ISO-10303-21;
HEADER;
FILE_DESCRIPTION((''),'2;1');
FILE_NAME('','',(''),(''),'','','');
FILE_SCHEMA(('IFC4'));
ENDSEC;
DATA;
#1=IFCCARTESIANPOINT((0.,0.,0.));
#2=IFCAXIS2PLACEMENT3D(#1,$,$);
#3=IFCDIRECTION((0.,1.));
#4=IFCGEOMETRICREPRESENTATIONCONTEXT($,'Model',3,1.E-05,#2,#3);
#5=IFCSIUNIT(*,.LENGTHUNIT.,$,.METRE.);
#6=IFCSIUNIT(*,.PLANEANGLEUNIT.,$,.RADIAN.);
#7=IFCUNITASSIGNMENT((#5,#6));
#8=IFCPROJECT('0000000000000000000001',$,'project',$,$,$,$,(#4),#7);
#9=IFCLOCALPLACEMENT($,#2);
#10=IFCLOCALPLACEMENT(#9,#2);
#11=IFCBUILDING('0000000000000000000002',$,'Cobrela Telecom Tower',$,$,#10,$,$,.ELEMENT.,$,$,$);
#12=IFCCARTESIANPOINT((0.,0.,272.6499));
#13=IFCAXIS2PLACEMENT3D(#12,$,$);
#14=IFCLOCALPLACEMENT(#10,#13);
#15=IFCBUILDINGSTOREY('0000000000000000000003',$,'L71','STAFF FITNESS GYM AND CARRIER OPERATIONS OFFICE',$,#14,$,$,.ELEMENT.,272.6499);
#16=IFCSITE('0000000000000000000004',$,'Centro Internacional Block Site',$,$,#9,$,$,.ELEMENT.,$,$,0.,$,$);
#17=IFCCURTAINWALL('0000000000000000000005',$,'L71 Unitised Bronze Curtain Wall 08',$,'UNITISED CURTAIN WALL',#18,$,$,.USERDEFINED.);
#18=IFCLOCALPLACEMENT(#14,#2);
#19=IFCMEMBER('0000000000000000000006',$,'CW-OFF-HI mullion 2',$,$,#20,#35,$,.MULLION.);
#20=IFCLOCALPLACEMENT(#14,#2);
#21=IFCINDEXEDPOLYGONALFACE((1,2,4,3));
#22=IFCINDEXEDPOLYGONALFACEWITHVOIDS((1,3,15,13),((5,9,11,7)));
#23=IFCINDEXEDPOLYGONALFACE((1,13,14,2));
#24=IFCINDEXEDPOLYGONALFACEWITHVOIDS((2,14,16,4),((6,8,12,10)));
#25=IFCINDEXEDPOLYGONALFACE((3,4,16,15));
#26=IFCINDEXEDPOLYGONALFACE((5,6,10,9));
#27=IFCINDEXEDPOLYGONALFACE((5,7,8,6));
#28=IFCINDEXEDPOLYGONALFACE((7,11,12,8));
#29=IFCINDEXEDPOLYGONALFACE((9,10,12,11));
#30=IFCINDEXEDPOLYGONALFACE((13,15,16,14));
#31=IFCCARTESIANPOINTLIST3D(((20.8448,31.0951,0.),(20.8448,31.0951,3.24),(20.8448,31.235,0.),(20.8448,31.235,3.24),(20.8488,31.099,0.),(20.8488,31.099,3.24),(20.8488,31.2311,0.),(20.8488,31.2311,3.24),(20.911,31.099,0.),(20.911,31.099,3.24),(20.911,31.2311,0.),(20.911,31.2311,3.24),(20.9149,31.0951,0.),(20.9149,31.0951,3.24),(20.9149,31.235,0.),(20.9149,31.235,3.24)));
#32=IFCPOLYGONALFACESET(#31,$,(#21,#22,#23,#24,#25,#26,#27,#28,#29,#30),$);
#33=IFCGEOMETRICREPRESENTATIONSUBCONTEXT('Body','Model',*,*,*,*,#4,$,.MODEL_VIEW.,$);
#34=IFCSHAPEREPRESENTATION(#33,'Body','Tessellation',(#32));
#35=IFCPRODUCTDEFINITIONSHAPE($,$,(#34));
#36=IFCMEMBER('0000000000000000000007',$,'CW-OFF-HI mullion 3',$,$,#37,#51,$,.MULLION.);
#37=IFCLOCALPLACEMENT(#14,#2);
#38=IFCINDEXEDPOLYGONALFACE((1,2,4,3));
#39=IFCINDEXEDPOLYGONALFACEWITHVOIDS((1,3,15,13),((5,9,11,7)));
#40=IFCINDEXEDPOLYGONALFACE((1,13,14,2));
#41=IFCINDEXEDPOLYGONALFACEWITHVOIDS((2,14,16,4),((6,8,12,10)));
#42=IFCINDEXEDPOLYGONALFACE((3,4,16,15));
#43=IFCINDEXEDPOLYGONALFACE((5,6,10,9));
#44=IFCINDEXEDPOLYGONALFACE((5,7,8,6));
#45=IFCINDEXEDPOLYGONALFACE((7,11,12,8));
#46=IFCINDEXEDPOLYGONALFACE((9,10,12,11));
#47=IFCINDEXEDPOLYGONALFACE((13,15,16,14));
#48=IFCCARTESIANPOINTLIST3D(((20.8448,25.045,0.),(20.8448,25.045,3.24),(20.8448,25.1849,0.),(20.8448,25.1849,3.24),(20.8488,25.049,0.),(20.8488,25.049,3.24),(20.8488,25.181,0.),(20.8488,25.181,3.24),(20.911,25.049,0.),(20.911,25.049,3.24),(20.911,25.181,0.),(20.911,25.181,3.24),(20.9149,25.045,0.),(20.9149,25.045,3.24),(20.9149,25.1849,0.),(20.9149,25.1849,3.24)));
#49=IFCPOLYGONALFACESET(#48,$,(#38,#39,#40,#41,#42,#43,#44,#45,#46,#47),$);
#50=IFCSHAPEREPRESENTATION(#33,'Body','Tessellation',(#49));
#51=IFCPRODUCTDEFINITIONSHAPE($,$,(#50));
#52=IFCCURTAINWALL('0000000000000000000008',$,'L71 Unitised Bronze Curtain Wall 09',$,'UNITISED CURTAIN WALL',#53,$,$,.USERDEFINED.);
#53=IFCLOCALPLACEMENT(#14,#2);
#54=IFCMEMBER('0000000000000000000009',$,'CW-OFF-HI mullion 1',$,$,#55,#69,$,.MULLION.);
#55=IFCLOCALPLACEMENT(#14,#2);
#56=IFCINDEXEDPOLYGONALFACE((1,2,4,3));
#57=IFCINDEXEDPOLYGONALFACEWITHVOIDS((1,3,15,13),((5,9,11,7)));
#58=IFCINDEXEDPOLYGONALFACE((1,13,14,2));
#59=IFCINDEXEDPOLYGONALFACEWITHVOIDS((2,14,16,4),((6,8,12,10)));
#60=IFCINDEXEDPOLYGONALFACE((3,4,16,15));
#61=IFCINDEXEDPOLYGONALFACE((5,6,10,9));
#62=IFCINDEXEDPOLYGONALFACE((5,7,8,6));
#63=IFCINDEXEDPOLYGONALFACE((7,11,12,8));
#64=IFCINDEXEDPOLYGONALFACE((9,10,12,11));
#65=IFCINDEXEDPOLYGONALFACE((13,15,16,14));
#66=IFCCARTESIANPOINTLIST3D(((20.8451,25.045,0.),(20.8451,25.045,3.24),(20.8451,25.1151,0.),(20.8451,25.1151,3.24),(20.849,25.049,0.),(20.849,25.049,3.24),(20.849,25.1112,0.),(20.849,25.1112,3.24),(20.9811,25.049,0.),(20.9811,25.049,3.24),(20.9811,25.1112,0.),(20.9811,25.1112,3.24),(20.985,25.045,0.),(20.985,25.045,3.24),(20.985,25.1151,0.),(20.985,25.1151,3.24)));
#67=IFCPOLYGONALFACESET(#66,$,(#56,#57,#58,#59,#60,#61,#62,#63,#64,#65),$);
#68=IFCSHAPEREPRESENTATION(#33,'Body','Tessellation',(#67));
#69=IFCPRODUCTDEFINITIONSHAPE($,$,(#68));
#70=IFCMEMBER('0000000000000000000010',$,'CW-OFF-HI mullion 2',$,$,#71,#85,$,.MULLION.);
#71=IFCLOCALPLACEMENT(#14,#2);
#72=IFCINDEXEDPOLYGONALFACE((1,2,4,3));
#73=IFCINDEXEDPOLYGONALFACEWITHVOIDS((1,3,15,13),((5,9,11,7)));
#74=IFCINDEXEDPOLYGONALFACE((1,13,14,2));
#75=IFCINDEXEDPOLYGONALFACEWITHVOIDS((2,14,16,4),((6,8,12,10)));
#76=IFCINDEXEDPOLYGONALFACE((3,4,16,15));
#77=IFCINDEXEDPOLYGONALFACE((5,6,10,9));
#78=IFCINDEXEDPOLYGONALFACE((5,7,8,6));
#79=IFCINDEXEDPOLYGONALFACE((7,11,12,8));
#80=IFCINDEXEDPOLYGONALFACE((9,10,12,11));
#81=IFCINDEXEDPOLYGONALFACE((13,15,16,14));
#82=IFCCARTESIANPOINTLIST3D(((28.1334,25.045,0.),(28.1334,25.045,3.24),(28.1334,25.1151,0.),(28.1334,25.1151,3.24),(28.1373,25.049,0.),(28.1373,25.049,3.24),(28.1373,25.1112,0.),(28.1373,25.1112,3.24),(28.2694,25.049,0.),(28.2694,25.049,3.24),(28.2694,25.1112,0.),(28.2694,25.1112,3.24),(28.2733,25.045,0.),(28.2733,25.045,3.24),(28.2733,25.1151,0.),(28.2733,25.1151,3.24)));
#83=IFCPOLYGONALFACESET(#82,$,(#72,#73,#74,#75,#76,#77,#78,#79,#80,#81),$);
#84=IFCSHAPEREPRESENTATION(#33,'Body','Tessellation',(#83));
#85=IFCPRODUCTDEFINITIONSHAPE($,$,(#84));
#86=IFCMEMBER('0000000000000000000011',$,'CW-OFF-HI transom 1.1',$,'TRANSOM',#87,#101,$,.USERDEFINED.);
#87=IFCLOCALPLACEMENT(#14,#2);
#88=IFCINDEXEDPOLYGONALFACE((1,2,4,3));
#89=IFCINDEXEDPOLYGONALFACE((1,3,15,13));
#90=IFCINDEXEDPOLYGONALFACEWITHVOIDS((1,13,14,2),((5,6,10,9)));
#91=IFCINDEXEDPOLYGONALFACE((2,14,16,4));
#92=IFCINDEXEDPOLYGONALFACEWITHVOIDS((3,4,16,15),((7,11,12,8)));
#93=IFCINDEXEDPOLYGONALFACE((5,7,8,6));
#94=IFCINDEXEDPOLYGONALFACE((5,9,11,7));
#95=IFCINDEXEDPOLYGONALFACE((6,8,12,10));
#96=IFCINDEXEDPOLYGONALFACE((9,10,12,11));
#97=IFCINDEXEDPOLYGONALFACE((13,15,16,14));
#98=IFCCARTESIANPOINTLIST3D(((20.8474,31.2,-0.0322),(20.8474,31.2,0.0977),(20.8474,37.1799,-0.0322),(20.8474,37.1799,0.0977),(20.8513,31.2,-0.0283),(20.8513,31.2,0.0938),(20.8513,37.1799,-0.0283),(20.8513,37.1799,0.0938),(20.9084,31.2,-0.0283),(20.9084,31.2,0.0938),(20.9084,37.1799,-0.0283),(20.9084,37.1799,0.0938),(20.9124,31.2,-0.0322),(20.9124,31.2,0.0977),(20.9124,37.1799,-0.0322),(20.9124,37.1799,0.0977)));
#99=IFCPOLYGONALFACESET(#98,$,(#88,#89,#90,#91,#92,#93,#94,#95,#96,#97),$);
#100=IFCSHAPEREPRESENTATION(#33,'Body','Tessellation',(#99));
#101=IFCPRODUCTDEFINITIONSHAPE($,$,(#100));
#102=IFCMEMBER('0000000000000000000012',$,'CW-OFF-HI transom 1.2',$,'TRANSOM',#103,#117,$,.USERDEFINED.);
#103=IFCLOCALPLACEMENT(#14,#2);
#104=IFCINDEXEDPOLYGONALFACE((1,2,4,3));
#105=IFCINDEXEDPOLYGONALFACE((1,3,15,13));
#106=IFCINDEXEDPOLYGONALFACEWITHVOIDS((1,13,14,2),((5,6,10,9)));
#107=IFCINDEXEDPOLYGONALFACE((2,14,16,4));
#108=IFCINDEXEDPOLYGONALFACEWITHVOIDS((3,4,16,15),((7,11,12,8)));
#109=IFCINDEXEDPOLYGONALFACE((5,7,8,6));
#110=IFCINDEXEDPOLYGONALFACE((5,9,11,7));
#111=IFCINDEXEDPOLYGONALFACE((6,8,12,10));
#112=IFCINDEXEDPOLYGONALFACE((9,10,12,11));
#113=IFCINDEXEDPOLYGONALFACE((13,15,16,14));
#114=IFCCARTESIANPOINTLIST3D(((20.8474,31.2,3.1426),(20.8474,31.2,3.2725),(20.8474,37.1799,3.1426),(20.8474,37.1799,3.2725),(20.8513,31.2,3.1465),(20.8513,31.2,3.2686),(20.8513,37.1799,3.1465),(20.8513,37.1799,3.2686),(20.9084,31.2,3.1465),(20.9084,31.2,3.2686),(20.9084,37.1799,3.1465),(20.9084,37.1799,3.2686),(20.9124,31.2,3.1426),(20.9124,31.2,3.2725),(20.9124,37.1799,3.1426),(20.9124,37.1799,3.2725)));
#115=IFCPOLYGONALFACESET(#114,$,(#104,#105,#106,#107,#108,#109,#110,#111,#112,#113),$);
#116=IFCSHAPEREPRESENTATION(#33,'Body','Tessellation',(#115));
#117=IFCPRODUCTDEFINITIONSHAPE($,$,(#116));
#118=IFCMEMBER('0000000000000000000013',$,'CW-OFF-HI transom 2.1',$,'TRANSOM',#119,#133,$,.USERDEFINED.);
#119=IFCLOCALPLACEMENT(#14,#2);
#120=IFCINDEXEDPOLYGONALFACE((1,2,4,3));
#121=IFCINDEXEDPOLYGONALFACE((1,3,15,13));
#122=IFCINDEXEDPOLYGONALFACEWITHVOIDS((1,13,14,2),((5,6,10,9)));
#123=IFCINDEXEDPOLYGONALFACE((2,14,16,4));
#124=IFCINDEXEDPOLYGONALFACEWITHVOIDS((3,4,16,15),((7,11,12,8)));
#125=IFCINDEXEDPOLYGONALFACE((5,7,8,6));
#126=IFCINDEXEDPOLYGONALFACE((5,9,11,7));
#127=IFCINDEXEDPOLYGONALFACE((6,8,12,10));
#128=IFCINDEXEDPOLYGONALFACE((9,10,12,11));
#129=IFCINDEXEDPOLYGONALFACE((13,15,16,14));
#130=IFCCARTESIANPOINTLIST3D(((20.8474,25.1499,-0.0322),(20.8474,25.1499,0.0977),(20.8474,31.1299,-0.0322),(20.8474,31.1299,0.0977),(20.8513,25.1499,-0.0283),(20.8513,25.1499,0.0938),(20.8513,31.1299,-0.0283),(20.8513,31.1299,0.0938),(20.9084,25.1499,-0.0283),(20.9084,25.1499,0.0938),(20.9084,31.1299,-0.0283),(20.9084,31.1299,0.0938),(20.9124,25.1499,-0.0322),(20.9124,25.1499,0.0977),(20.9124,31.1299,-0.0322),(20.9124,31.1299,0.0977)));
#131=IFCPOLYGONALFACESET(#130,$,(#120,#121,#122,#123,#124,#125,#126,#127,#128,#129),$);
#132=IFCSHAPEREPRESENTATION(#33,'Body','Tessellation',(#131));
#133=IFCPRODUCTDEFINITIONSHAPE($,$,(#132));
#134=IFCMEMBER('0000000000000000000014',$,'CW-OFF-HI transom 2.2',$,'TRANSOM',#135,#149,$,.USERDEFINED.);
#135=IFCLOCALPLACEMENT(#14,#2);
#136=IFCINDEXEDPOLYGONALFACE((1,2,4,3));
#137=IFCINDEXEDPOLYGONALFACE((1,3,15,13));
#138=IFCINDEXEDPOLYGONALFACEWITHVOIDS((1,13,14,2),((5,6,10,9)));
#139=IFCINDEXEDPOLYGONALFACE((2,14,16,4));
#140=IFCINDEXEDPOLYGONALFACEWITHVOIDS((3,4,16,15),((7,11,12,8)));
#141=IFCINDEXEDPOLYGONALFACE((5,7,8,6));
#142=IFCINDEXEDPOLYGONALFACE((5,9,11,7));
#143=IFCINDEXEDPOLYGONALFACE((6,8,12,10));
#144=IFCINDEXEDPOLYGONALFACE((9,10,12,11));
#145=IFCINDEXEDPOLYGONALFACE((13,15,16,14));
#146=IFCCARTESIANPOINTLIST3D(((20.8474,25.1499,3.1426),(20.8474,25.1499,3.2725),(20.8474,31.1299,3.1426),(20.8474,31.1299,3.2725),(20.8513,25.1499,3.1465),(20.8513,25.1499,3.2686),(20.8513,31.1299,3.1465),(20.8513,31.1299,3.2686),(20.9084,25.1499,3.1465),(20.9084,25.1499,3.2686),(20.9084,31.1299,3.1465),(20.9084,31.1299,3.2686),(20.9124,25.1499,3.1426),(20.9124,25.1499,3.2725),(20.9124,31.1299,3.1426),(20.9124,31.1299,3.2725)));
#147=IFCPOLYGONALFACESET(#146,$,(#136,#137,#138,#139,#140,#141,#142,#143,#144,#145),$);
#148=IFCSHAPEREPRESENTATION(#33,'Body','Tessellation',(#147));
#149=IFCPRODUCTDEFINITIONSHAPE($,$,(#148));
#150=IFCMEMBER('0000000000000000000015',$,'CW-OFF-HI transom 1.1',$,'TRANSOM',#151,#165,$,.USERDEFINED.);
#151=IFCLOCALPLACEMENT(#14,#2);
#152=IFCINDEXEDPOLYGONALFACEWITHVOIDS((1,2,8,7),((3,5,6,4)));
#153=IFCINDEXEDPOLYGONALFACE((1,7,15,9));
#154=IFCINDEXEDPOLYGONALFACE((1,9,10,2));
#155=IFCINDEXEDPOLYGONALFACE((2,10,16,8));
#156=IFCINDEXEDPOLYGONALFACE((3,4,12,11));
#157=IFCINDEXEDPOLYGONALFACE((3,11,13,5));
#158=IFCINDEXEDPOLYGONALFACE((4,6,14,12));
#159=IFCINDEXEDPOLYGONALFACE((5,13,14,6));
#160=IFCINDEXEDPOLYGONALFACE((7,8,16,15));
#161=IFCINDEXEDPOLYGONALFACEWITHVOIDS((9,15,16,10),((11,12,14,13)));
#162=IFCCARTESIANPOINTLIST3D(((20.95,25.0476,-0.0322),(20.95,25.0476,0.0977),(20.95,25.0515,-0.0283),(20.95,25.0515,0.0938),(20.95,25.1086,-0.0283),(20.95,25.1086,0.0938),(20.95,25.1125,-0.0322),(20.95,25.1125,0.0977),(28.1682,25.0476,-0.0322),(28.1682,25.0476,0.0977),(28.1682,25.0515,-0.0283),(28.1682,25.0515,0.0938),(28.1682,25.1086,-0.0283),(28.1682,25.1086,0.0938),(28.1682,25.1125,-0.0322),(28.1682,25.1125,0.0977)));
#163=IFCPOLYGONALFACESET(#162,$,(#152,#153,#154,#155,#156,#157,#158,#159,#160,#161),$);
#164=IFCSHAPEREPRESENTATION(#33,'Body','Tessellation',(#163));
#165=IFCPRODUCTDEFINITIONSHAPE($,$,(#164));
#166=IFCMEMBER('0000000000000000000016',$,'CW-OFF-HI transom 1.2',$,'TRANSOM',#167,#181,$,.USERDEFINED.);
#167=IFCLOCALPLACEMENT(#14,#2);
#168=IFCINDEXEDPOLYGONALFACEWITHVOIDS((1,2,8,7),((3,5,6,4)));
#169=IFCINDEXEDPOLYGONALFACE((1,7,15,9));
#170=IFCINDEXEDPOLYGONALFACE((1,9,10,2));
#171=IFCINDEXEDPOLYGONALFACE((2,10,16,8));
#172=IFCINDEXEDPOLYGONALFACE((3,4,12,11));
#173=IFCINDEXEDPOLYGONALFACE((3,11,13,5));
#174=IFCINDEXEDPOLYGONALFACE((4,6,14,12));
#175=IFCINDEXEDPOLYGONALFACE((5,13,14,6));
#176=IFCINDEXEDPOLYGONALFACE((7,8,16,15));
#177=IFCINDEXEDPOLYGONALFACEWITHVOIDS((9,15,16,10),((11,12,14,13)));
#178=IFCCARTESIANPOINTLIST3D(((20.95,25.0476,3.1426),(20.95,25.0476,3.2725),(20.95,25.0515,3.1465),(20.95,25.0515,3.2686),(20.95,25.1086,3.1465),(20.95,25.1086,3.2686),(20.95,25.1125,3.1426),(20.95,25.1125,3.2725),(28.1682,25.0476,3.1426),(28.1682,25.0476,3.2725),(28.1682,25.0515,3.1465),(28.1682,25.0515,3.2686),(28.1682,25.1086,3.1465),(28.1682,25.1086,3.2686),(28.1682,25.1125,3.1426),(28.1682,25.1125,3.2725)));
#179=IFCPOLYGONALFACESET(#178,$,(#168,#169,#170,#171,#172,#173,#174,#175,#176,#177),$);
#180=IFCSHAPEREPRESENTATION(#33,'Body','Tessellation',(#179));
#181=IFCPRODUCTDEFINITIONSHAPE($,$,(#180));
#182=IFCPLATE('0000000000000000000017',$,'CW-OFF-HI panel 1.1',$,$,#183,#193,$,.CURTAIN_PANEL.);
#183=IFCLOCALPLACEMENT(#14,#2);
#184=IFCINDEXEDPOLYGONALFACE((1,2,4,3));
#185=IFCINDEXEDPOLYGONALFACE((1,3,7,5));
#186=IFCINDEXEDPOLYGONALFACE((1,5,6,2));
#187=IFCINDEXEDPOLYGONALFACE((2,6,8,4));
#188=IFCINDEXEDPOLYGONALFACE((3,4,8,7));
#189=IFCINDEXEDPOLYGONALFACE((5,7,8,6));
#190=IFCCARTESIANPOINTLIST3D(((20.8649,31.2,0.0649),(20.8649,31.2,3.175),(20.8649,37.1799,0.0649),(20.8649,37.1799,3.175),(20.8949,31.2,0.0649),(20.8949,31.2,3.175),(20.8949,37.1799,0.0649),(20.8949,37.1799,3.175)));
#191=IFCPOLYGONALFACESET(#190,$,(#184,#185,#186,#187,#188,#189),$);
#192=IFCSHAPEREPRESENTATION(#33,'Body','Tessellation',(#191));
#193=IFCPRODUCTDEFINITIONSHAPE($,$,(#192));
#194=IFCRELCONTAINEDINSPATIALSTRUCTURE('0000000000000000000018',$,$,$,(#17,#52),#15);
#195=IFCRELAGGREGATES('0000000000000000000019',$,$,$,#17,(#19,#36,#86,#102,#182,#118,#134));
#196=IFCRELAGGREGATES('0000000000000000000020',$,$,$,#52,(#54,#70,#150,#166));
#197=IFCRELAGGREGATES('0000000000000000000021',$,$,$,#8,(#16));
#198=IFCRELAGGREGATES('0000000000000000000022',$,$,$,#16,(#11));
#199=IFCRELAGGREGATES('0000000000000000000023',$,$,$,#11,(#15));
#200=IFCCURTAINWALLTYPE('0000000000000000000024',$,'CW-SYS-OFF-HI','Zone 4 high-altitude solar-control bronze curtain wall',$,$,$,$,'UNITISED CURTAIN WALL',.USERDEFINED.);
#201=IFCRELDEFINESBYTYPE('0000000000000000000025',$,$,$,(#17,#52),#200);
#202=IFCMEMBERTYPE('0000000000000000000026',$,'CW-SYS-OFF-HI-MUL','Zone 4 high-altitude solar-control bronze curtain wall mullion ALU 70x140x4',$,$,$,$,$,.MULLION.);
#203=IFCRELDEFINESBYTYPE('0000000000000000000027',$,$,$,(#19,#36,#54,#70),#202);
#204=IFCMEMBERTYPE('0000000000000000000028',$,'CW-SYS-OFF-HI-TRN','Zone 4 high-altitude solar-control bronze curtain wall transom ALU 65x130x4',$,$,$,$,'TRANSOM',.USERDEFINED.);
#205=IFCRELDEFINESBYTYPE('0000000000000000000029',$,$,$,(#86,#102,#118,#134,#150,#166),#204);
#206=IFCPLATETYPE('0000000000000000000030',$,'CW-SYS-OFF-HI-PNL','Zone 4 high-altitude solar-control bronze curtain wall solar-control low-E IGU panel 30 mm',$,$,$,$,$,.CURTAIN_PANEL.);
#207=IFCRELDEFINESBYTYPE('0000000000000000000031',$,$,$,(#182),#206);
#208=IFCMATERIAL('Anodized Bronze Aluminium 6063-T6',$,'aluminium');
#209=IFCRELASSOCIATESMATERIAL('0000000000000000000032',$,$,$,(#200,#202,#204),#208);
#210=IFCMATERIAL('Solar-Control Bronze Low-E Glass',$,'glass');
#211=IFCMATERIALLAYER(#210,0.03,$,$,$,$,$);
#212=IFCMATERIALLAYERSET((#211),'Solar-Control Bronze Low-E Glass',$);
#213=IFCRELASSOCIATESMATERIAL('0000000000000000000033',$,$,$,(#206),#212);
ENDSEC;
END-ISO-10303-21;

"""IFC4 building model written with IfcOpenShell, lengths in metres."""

from ifc_helpers import new_model, si_unit, direction, frame, origin, origin_2d, place, context, subcontext, project, spatial, rectangle, hollow_rectangle, extrude, material, layer, layer_set, material_profile, profile_set, type_object, element, aggregate, save


model = new_model("IFC4")

# Units and contexts
model_context = context("Model", 3, precision=1e-05, world=origin(), true_north=direction((0.0, 1.0)))
body_context = subcontext(model_context, "Body", "Model", "MODEL_VIEW")
ifc_project = project(units=[si_unit("LENGTHUNIT", "METRE"), si_unit("PLANEANGLEUNIT", "RADIAN")], contexts=[model_context])

# Site, building, storey
site_placement = place(None, origin())
site = spatial("IfcSite", under=ifc_project, at=site_placement, Name="Centro Internacional Block Site", CompositionType="ELEMENT", RefElevation=0.0)
building_placement = place(site_placement, origin())
building = spatial("IfcBuilding", under=site, at=building_placement, Name="Cobrela Telecom Tower", CompositionType="ELEMENT")
storey_placement = place(building_placement, frame((0.0, 0.0, 272.6499)))
storey = spatial("IfcBuildingStorey", under=building, at=storey_placement, Name="L71", Description="STAFF FITNESS GYM AND CARRIER OPERATIONS OFFICE", CompositionType="ELEMENT", Elevation=272.6499)

# Shared definitions
ifc_material_1 = material(Name="Anodized Bronze Aluminium 6063-T6", Category="aluminium")
curtain_wall_type = type_object("IfcCurtainWallType", Name="CW-SYS-OFF-HI", Description="Zone 4 high-altitude solar-control bronze curtain wall", ElementType="UNITISED CURTAIN WALL", PredefinedType="USERDEFINED", material=ifc_material_1)
ifc_material_profile_1 = material_profile(ifc_material_1, hollow_rectangle(XDim=0.0701, YDim=0.1399, WallThickness=0.0039, at=origin_2d()), Name="ALU 70x140x4")
ifc_profile_set_1 = profile_set([ifc_material_profile_1], Name="Anodized Bronze Aluminium 6063-T6")
member_type_1 = type_object("IfcMemberType", Name="CW-SYS-OFF-HI-MUL", Description="Zone 4 high-altitude solar-control bronze curtain wall mullion ALU 70x140x4", PredefinedType="MULLION", material=ifc_profile_set_1)

# Curtain walls, members
curtain_wall_1_placement = place(storey_placement, origin())
curtain_wall_1 = element("IfcCurtainWall", 1, at=curtain_wall_1_placement, inside=storey, type_object=curtain_wall_type, Name="L71 Unitised Bronze Curtain Wall 08", ObjectType="UNITISED CURTAIN WALL", PredefinedType="USERDEFINED")
member_1_placement = place(storey_placement, frame((20.8799, 31.165, 0.0), z_axis=(0.0, 0.0, 1.0), x_axis=(1.0, 0.0, 0.0)))
member_1 = element("IfcMember", 2, at=member_1_placement, type_object=member_type_1, Name="CW-OFF-HI mullion 2", PredefinedType="MULLION", context=body_context, shape_type="SweptSolid", body=[
    extrude(hollow_rectangle(XDim=0.0701, YDim=0.1399, WallThickness=0.0039, at=origin_2d()), origin(), (0.0, 0.0, 1.0), 3.24),
])
member_2_placement = place(storey_placement, frame((20.8799, 25.115, 0.0), z_axis=(0.0, 0.0, 1.0), x_axis=(1.0, 0.0, 0.0)))
member_2 = element("IfcMember", 3, at=member_2_placement, type_object=member_type_1, Name="CW-OFF-HI mullion 3", PredefinedType="MULLION", context=body_context, shape_type="SweptSolid", body=[
    extrude(hollow_rectangle(XDim=0.0701, YDim=0.1399, WallThickness=0.0039, at=origin_2d()), origin(), (0.0, 0.0, 1.0), 3.24),
])
curtain_wall_2_placement = place(storey_placement, origin())
curtain_wall_2 = element("IfcCurtainWall", 4, at=curtain_wall_2_placement, inside=storey, type_object=curtain_wall_type, Name="L71 Unitised Bronze Curtain Wall 09", ObjectType="UNITISED CURTAIN WALL", PredefinedType="USERDEFINED")
member_3_placement = place(storey_placement, frame((20.915, 25.0801, 0.0), z_axis=(0.0, 0.0, 1.0), x_axis=(0.0, 1.0, 0.0)))
member_3 = element("IfcMember", 5, at=member_3_placement, type_object=member_type_1, Name="CW-OFF-HI mullion 1", PredefinedType="MULLION", context=body_context, shape_type="SweptSolid", body=[
    extrude(hollow_rectangle(XDim=0.0701, YDim=0.1399, WallThickness=0.0039, at=origin_2d()), origin(), (0.0, 0.0, 1.0), 3.24),
])
member_4_placement = place(storey_placement, frame((28.2034, 25.0801, 0.0), z_axis=(0.0, 0.0, 1.0), x_axis=(0.0, 1.0, 0.0)))
member_4 = element("IfcMember", 6, at=member_4_placement, type_object=member_type_1, Name="CW-OFF-HI mullion 2", PredefinedType="MULLION", context=body_context, shape_type="SweptSolid", body=[
    extrude(hollow_rectangle(XDim=0.0701, YDim=0.1399, WallThickness=0.0039, at=origin_2d()), origin(), (0.0, 0.0, 1.0), 3.24),
])

# Members
ifc_material_profile_2 = material_profile(ifc_material_1, hollow_rectangle(XDim=0.0649, YDim=0.1299, WallThickness=0.0039, at=origin_2d()), Name="ALU 65x130x4")
ifc_profile_set_2 = profile_set([ifc_material_profile_2], Name="Anodized Bronze Aluminium 6063-T6")
member_type_2 = type_object("IfcMemberType", Name="CW-SYS-OFF-HI-TRN", Description="Zone 4 high-altitude solar-control bronze curtain wall transom ALU 65x130x4", ElementType="TRANSOM", PredefinedType="USERDEFINED", material=ifc_profile_set_2)
member_5_placement = place(storey_placement, frame((20.8799, 37.1799, 0.0327), z_axis=(0.0, -1.0, 0.0), x_axis=(1.0, 0.0, 0.0)))
member_5 = element("IfcMember", 7, at=member_5_placement, type_object=member_type_2, Name="CW-OFF-HI transom 1.1", ObjectType="TRANSOM", PredefinedType="USERDEFINED", context=body_context, shape_type="SweptSolid", body=[
    extrude(hollow_rectangle(XDim=0.0649, YDim=0.1299, WallThickness=0.0039, at=origin_2d()), origin(), (0.0, 0.0, 1.0), 5.98),
])
member_6_placement = place(storey_placement, frame((20.8799, 37.1799, 3.2075), z_axis=(0.0, -1.0, 0.0), x_axis=(1.0, 0.0, 0.0)))
member_6 = element("IfcMember", 8, at=member_6_placement, type_object=member_type_2, Name="CW-OFF-HI transom 1.2", ObjectType="TRANSOM", PredefinedType="USERDEFINED", context=body_context, shape_type="SweptSolid", body=[
    extrude(hollow_rectangle(XDim=0.0649, YDim=0.1299, WallThickness=0.0039, at=origin_2d()), origin(), (0.0, 0.0, 1.0), 5.98),
])
member_7_placement = place(storey_placement, frame((20.8799, 31.1299, 0.0327), z_axis=(0.0, -1.0, 0.0), x_axis=(1.0, 0.0, 0.0)))
member_7 = element("IfcMember", 9, at=member_7_placement, type_object=member_type_2, Name="CW-OFF-HI transom 2.1", ObjectType="TRANSOM", PredefinedType="USERDEFINED", context=body_context, shape_type="SweptSolid", body=[
    extrude(hollow_rectangle(XDim=0.0649, YDim=0.1299, WallThickness=0.0039, at=origin_2d()), origin(), (0.0, 0.0, 1.0), 5.98),
])
member_8_placement = place(storey_placement, frame((20.8799, 31.1299, 3.2075), z_axis=(0.0, -1.0, 0.0), x_axis=(1.0, 0.0, 0.0)))
member_8 = element("IfcMember", 10, at=member_8_placement, type_object=member_type_2, Name="CW-OFF-HI transom 2.2", ObjectType="TRANSOM", PredefinedType="USERDEFINED", context=body_context, shape_type="SweptSolid", body=[
    extrude(hollow_rectangle(XDim=0.0649, YDim=0.1299, WallThickness=0.0039, at=origin_2d()), origin(), (0.0, 0.0, 1.0), 5.98),
])
member_9_placement = place(storey_placement, frame((20.95, 25.0801, 0.0327), z_axis=(1.0, 0.0, 0.0), x_axis=(0.0, 1.0, 0.0)))
member_9 = element("IfcMember", 11, at=member_9_placement, type_object=member_type_2, Name="CW-OFF-HI transom 1.1", ObjectType="TRANSOM", PredefinedType="USERDEFINED", context=body_context, shape_type="SweptSolid", body=[
    extrude(hollow_rectangle(XDim=0.0649, YDim=0.1299, WallThickness=0.0039, at=origin_2d()), origin(), (0.0, 0.0, 1.0), 7.2183),
])
member_10_placement = place(storey_placement, frame((20.95, 25.0801, 3.2075), z_axis=(1.0, 0.0, 0.0), x_axis=(0.0, 1.0, 0.0)))
member_10 = element("IfcMember", 12, at=member_10_placement, type_object=member_type_2, Name="CW-OFF-HI transom 1.2", ObjectType="TRANSOM", PredefinedType="USERDEFINED", context=body_context, shape_type="SweptSolid", body=[
    extrude(hollow_rectangle(XDim=0.0649, YDim=0.1299, WallThickness=0.0039, at=origin_2d()), origin(), (0.0, 0.0, 1.0), 7.2183),
])

# Plate
ifc_material_2 = material(Name="Solar-Control Bronze Low-E Glass", Category="glass")
ifc_layer_1 = layer(ifc_material_2, 0.03)
ifc_layer_set_1 = layer_set([ifc_layer_1], Name="Solar-Control Bronze Low-E Glass")
plate_type = type_object("IfcPlateType", Name="CW-SYS-OFF-HI-PNL", Description="Zone 4 high-altitude solar-control bronze curtain wall solar-control low-E IGU panel 30 mm", PredefinedType="CURTAIN_PANEL", material=ifc_layer_set_1)
plate_1_placement = place(storey_placement, frame((20.8799, 34.1899, 0.0649), z_axis=(0.0, 0.0, 1.0), x_axis=(0.0, -1.0, 0.0)))
plate_1 = element("IfcPlate", 13, at=plate_1_placement, type_object=plate_type, Name="CW-OFF-HI panel 1.1", PredefinedType="CURTAIN_PANEL", context=body_context, shape_type="SweptSolid", body=[
    extrude(rectangle(XDim=5.98, YDim=0.03, at=origin_2d()), origin(), (0.0, 0.0, 1.0), 3.1101),
])
aggregate(curtain_wall_1, [member_1, member_2, member_5, member_6, plate_1, member_7, member_8])
aggregate(curtain_wall_2, [member_3, member_4, member_9, member_10])

save(model, "model.ifc")
